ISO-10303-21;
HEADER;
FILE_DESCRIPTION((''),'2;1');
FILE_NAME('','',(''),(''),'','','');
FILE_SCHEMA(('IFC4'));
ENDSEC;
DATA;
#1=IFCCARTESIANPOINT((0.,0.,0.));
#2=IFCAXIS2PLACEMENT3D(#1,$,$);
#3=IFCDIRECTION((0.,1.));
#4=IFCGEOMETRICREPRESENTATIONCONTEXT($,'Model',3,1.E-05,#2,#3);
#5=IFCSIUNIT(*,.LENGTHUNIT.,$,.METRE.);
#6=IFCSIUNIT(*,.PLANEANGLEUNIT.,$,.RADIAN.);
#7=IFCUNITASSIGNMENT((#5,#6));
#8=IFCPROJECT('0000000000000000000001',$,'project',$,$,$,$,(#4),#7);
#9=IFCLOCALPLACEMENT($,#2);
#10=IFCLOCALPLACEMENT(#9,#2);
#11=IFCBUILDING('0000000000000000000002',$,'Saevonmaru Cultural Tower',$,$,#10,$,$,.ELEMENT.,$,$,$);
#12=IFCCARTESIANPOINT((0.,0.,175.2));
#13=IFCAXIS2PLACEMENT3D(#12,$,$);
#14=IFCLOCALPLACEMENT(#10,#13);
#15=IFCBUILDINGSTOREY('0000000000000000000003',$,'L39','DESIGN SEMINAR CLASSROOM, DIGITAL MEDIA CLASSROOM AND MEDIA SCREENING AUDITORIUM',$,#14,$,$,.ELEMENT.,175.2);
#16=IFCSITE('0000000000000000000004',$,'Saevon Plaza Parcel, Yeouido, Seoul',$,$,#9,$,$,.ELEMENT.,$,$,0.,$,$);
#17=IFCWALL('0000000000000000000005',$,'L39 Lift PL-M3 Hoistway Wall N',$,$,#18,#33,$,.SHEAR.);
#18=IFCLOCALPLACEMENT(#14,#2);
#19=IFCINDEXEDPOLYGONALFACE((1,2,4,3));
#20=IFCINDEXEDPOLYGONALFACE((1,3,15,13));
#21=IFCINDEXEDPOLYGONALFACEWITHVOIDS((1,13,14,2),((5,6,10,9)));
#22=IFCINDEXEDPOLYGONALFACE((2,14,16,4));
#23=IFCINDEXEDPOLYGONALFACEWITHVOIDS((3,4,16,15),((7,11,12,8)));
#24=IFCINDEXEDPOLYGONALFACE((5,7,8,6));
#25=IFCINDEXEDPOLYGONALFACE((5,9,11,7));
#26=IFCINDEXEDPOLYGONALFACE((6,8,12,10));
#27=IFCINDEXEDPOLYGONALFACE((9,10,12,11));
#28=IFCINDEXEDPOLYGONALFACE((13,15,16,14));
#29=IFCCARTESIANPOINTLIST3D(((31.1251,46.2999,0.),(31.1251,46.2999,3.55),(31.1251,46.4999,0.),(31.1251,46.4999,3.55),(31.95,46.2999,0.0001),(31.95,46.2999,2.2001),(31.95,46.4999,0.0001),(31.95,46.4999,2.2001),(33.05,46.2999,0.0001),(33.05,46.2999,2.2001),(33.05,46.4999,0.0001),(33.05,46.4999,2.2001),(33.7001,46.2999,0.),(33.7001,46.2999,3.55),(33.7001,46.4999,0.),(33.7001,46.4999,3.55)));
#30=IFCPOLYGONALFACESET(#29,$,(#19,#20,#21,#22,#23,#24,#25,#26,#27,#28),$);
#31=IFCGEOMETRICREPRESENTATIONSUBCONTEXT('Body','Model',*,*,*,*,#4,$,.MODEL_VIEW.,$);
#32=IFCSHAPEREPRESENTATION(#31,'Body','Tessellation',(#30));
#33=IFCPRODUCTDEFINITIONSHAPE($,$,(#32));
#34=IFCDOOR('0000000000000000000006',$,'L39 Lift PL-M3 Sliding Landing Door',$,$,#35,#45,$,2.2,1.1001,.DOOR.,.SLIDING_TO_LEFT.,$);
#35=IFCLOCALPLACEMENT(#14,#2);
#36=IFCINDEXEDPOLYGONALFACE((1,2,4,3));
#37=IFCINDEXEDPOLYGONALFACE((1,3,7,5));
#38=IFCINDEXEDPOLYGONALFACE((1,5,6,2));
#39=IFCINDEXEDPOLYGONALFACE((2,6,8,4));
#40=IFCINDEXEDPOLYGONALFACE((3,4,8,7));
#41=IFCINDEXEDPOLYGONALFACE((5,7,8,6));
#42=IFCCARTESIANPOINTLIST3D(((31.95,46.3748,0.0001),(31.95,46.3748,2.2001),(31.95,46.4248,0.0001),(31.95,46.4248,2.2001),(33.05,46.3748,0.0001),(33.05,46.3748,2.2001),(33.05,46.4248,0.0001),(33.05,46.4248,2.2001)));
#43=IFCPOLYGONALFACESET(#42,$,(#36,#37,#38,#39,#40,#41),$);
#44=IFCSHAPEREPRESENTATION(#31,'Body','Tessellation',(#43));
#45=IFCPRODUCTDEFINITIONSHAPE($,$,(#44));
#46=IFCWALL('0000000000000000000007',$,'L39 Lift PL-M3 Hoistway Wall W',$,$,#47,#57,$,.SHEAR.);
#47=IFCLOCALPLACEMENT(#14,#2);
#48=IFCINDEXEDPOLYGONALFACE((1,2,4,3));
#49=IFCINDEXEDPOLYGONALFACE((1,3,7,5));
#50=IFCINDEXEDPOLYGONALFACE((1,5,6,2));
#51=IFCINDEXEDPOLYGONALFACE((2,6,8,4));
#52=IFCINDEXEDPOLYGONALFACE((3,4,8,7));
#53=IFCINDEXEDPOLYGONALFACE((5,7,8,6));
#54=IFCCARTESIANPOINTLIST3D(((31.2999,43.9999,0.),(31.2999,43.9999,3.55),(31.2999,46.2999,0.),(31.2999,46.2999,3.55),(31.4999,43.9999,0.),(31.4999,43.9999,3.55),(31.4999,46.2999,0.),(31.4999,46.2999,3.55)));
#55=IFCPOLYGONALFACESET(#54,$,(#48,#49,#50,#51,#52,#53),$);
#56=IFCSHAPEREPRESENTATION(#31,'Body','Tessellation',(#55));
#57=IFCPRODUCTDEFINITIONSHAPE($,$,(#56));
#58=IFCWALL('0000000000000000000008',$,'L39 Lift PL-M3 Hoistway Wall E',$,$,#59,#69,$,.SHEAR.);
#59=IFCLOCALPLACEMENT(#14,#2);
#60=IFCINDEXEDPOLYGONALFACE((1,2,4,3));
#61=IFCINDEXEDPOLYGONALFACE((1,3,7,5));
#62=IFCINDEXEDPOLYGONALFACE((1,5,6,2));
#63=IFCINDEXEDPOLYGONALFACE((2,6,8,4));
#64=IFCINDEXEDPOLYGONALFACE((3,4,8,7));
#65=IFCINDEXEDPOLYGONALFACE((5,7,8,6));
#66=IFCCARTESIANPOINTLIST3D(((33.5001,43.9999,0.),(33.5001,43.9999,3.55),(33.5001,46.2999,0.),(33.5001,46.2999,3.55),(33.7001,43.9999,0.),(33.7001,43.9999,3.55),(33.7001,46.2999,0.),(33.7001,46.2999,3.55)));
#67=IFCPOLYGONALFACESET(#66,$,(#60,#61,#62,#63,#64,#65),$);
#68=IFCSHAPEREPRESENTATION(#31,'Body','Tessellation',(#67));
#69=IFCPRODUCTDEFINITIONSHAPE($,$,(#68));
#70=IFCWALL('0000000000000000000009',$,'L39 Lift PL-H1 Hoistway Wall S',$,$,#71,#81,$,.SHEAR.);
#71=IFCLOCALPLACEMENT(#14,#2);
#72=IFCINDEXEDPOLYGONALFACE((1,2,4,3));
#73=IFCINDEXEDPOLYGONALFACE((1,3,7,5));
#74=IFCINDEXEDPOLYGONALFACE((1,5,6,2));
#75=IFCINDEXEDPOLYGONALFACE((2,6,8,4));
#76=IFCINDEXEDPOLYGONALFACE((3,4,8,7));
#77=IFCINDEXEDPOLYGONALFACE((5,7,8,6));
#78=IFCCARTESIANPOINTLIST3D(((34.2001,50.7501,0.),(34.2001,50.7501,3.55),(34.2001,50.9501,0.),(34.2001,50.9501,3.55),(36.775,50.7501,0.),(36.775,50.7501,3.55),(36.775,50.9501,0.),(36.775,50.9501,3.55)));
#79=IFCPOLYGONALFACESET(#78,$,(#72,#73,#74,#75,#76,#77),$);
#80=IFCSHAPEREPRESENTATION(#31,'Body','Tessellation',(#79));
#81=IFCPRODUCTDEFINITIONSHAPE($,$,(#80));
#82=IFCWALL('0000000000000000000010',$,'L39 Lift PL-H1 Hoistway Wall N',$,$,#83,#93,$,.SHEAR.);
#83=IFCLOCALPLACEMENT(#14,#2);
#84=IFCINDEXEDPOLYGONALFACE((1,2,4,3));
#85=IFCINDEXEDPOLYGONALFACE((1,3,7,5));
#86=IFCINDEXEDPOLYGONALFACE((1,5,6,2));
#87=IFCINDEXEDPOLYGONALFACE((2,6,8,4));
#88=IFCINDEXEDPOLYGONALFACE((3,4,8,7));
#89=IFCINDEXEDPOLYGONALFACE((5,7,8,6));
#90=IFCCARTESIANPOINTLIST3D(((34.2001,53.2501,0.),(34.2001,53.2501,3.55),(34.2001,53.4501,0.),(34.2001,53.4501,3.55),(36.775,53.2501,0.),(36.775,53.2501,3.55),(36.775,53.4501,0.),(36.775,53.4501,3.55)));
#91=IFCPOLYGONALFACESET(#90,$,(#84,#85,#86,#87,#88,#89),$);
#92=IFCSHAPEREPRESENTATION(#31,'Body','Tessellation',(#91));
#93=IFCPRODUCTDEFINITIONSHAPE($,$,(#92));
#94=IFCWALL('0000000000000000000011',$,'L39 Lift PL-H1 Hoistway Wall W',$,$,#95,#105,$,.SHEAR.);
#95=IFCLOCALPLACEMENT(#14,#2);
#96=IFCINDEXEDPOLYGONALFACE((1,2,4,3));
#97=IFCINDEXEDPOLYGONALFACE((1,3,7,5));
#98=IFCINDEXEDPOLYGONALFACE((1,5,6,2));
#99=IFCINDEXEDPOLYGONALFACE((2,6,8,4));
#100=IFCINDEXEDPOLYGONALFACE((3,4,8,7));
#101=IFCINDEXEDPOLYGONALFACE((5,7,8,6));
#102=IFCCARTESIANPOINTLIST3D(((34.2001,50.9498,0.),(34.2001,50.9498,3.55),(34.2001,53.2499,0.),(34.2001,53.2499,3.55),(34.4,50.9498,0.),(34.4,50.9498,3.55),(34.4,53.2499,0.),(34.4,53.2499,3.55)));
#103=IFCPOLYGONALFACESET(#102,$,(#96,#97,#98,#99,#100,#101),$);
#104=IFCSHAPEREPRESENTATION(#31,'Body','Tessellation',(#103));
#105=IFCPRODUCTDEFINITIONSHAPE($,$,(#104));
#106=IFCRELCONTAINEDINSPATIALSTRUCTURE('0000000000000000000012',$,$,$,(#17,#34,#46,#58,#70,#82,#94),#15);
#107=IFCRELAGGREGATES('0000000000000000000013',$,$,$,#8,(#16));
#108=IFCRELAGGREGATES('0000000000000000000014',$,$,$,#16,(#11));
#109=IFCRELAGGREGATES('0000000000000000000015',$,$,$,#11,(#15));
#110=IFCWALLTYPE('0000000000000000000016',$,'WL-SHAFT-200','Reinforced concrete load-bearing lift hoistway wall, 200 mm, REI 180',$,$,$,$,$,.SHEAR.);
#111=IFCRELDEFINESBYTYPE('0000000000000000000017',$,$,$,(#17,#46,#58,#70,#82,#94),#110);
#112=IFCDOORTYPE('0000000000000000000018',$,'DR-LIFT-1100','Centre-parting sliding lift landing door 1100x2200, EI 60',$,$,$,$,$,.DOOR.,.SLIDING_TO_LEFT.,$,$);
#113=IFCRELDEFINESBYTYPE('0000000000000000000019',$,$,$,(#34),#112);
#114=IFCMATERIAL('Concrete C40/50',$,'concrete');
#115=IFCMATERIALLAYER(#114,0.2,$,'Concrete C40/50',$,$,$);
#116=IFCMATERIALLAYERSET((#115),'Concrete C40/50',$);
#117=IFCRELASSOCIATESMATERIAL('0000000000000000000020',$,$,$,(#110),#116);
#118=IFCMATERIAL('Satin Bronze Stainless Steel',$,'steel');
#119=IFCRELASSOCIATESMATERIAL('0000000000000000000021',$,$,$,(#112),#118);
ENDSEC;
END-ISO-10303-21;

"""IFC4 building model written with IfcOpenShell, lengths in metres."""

from ifc_helpers import new_model, si_unit, direction, frame, frame_2d, origin, place, context, subcontext, project, spatial, rectangle, extrude, material, layer, layer_set, type_object, element, fill, save


model = new_model("IFC4")

# Units and contexts
model_context = context("Model", 3, precision=1e-05, world=origin(), true_north=direction((0.0, 1.0)))
body_context = subcontext(model_context, "Body", "Model", "MODEL_VIEW")
ifc_project = project(units=[si_unit("LENGTHUNIT", "METRE"), si_unit("PLANEANGLEUNIT", "RADIAN")], contexts=[model_context])

# Site, building, storey
site_placement = place(None, origin())
site = spatial("IfcSite", under=ifc_project, at=site_placement, Name="Saevon Plaza Parcel, Yeouido, Seoul", CompositionType="ELEMENT", RefElevation=0.0)
building_placement = place(site_placement, origin())
building = spatial("IfcBuilding", under=site, at=building_placement, Name="Saevonmaru Cultural Tower", CompositionType="ELEMENT")
storey_placement = place(building_placement, frame((0.0, 0.0, 175.2)))
storey = spatial("IfcBuildingStorey", under=building, at=storey_placement, Name="L39", Description="DESIGN SEMINAR CLASSROOM, DIGITAL MEDIA CLASSROOM AND MEDIA SCREENING AUDITORIUM", CompositionType="ELEMENT", Elevation=175.2)

# Shared definitions
ifc_material_1 = material(Name="Concrete C40/50", Category="concrete")
ifc_layer_1 = layer(ifc_material_1, 0.2, Name="Concrete C40/50")
ifc_layer_set_1 = layer_set([ifc_layer_1], Name="Concrete C40/50")
wall_type_1 = type_object("IfcWallType", Name="WL-SHAFT-200", Description="Reinforced concrete load-bearing lift hoistway wall, 200 mm, REI 180", PredefinedType="SHEAR", material=ifc_layer_set_1)

# Shared definitions
ifc_material_2 = material(Name="Satin Bronze Stainless Steel", Category="steel")
door_type_1 = type_object("IfcDoorType", Name="DR-LIFT-1100", Description="Centre-parting sliding lift landing door 1100x2200, EI 60", OperationType="SLIDING_TO_LEFT", PredefinedType="DOOR", material=ifc_material_2)

# Wall, opening, door
wall_1_placement = place(storey_placement, frame((31.125, 46.3999, 0.0), z_axis=(0.0, 0.0, 1.0), x_axis=(1.0, 0.0, 0.0)))
wall_1 = element("IfcWall", 1, at=wall_1_placement, inside=storey, type_object=wall_type_1, Name="L39 Lift PL-M3 Hoistway Wall N", PredefinedType="SHEAR", context=body_context, shape_type="SweptSolid", body=[
    extrude(rectangle(XDim=2.575, YDim=0.2, at=frame_2d((1.2876, 0.0))), origin(), (0.0, 0.0, 1.0), 3.55),
])
opening_1_placement = place(wall_1_placement, frame((0.825, 0.0, 0.0)))
opening_1 = element("IfcOpeningElement", 2, at=opening_1_placement, cuts=wall_1, PredefinedType="OPENING", context=body_context, shape_type="SweptSolid", body=[
    extrude(rectangle(XDim=1.1001, YDim=2.2, at=frame_2d((0.55, 1.1001))), frame((0.0, 0.1099, 0.0), z_axis=(0.0, -1.0, 0.0), x_axis=(1.0, 0.0, 0.0)), (0.0, 0.0, 1.0), 0.22),
])
door_1_placement = place(opening_1_placement, origin())
door_1 = element("IfcDoor", 3, at=door_1_placement, inside=storey, type_object=door_type_1, Name="L39 Lift PL-M3 Sliding Landing Door", OperationType="SLIDING_TO_LEFT", OverallHeight=2.2, OverallWidth=1.1001, PredefinedType="DOOR", context=body_context, shape_type="SweptSolid", body=[
    extrude(rectangle(XDim=1.1001, YDim=2.2, at=frame_2d((0.55, 1.1001))), frame((0.0, 0.0249, 0.0), z_axis=(0.0, -1.0, 0.0), x_axis=(1.0, 0.0, 0.0)), (0.0, 0.0, 1.0), 0.05),
])
fill(opening_1, door_1)

# Walls
for number, where, z_axis, x_axis, name in (
    (4, (31.3999, 44.0, 0.0), (0.0, 0.0, 1.0), (0.0, 1.0, 0.0), "L39 Lift PL-M3 Hoistway Wall W"),
    (5, (33.6001, 44.0, 0.0), (0.0, 0.0, 1.0), (0.0, 1.0, 0.0), "L39 Lift PL-M3 Hoistway Wall E"),
):
    element("IfcWall", number, at=place(storey_placement, frame(where, z_axis=z_axis, x_axis=x_axis)), inside=storey, type_object=wall_type_1, Name=name, PredefinedType="SHEAR", context=body_context, shape_type="SweptSolid", body=[
        extrude(rectangle(XDim=2.3, YDim=0.2, at=frame_2d((1.1499, 0.0))), origin(), (0.0, 0.0, 1.0), 3.55),
    ])
for number, where, z_axis, x_axis, name in (
    (6, (34.2, 50.8501, 0.0), (0.0, 0.0, 1.0), (1.0, 0.0, 0.0), "L39 Lift PL-H1 Hoistway Wall S"),
    (7, (34.2, 53.3501, 0.0), (0.0, 0.0, 1.0), (1.0, 0.0, 0.0), "L39 Lift PL-H1 Hoistway Wall N"),
):
    element("IfcWall", number, at=place(storey_placement, frame(where, z_axis=z_axis, x_axis=x_axis)), inside=storey, type_object=wall_type_1, Name=name, PredefinedType="SHEAR", context=body_context, shape_type="SweptSolid", body=[
        extrude(rectangle(XDim=2.575, YDim=0.2, at=frame_2d((1.2876, 0.0))), origin(), (0.0, 0.0, 1.0), 3.55),
    ])
wall_2_placement = place(storey_placement, frame((34.3, 50.95, 0.0), z_axis=(0.0, 0.0, 1.0), x_axis=(0.0, 1.0, 0.0)))
element("IfcWall", 8, at=wall_2_placement, inside=storey, type_object=wall_type_1, Name="L39 Lift PL-H1 Hoistway Wall W", PredefinedType="SHEAR", context=body_context, shape_type="SweptSolid", body=[
    extrude(rectangle(XDim=2.3, YDim=0.2, at=frame_2d((1.1499, 0.0))), origin(), (0.0, 0.0, 1.0), 3.55),
])

save(model, "model.ifc")
